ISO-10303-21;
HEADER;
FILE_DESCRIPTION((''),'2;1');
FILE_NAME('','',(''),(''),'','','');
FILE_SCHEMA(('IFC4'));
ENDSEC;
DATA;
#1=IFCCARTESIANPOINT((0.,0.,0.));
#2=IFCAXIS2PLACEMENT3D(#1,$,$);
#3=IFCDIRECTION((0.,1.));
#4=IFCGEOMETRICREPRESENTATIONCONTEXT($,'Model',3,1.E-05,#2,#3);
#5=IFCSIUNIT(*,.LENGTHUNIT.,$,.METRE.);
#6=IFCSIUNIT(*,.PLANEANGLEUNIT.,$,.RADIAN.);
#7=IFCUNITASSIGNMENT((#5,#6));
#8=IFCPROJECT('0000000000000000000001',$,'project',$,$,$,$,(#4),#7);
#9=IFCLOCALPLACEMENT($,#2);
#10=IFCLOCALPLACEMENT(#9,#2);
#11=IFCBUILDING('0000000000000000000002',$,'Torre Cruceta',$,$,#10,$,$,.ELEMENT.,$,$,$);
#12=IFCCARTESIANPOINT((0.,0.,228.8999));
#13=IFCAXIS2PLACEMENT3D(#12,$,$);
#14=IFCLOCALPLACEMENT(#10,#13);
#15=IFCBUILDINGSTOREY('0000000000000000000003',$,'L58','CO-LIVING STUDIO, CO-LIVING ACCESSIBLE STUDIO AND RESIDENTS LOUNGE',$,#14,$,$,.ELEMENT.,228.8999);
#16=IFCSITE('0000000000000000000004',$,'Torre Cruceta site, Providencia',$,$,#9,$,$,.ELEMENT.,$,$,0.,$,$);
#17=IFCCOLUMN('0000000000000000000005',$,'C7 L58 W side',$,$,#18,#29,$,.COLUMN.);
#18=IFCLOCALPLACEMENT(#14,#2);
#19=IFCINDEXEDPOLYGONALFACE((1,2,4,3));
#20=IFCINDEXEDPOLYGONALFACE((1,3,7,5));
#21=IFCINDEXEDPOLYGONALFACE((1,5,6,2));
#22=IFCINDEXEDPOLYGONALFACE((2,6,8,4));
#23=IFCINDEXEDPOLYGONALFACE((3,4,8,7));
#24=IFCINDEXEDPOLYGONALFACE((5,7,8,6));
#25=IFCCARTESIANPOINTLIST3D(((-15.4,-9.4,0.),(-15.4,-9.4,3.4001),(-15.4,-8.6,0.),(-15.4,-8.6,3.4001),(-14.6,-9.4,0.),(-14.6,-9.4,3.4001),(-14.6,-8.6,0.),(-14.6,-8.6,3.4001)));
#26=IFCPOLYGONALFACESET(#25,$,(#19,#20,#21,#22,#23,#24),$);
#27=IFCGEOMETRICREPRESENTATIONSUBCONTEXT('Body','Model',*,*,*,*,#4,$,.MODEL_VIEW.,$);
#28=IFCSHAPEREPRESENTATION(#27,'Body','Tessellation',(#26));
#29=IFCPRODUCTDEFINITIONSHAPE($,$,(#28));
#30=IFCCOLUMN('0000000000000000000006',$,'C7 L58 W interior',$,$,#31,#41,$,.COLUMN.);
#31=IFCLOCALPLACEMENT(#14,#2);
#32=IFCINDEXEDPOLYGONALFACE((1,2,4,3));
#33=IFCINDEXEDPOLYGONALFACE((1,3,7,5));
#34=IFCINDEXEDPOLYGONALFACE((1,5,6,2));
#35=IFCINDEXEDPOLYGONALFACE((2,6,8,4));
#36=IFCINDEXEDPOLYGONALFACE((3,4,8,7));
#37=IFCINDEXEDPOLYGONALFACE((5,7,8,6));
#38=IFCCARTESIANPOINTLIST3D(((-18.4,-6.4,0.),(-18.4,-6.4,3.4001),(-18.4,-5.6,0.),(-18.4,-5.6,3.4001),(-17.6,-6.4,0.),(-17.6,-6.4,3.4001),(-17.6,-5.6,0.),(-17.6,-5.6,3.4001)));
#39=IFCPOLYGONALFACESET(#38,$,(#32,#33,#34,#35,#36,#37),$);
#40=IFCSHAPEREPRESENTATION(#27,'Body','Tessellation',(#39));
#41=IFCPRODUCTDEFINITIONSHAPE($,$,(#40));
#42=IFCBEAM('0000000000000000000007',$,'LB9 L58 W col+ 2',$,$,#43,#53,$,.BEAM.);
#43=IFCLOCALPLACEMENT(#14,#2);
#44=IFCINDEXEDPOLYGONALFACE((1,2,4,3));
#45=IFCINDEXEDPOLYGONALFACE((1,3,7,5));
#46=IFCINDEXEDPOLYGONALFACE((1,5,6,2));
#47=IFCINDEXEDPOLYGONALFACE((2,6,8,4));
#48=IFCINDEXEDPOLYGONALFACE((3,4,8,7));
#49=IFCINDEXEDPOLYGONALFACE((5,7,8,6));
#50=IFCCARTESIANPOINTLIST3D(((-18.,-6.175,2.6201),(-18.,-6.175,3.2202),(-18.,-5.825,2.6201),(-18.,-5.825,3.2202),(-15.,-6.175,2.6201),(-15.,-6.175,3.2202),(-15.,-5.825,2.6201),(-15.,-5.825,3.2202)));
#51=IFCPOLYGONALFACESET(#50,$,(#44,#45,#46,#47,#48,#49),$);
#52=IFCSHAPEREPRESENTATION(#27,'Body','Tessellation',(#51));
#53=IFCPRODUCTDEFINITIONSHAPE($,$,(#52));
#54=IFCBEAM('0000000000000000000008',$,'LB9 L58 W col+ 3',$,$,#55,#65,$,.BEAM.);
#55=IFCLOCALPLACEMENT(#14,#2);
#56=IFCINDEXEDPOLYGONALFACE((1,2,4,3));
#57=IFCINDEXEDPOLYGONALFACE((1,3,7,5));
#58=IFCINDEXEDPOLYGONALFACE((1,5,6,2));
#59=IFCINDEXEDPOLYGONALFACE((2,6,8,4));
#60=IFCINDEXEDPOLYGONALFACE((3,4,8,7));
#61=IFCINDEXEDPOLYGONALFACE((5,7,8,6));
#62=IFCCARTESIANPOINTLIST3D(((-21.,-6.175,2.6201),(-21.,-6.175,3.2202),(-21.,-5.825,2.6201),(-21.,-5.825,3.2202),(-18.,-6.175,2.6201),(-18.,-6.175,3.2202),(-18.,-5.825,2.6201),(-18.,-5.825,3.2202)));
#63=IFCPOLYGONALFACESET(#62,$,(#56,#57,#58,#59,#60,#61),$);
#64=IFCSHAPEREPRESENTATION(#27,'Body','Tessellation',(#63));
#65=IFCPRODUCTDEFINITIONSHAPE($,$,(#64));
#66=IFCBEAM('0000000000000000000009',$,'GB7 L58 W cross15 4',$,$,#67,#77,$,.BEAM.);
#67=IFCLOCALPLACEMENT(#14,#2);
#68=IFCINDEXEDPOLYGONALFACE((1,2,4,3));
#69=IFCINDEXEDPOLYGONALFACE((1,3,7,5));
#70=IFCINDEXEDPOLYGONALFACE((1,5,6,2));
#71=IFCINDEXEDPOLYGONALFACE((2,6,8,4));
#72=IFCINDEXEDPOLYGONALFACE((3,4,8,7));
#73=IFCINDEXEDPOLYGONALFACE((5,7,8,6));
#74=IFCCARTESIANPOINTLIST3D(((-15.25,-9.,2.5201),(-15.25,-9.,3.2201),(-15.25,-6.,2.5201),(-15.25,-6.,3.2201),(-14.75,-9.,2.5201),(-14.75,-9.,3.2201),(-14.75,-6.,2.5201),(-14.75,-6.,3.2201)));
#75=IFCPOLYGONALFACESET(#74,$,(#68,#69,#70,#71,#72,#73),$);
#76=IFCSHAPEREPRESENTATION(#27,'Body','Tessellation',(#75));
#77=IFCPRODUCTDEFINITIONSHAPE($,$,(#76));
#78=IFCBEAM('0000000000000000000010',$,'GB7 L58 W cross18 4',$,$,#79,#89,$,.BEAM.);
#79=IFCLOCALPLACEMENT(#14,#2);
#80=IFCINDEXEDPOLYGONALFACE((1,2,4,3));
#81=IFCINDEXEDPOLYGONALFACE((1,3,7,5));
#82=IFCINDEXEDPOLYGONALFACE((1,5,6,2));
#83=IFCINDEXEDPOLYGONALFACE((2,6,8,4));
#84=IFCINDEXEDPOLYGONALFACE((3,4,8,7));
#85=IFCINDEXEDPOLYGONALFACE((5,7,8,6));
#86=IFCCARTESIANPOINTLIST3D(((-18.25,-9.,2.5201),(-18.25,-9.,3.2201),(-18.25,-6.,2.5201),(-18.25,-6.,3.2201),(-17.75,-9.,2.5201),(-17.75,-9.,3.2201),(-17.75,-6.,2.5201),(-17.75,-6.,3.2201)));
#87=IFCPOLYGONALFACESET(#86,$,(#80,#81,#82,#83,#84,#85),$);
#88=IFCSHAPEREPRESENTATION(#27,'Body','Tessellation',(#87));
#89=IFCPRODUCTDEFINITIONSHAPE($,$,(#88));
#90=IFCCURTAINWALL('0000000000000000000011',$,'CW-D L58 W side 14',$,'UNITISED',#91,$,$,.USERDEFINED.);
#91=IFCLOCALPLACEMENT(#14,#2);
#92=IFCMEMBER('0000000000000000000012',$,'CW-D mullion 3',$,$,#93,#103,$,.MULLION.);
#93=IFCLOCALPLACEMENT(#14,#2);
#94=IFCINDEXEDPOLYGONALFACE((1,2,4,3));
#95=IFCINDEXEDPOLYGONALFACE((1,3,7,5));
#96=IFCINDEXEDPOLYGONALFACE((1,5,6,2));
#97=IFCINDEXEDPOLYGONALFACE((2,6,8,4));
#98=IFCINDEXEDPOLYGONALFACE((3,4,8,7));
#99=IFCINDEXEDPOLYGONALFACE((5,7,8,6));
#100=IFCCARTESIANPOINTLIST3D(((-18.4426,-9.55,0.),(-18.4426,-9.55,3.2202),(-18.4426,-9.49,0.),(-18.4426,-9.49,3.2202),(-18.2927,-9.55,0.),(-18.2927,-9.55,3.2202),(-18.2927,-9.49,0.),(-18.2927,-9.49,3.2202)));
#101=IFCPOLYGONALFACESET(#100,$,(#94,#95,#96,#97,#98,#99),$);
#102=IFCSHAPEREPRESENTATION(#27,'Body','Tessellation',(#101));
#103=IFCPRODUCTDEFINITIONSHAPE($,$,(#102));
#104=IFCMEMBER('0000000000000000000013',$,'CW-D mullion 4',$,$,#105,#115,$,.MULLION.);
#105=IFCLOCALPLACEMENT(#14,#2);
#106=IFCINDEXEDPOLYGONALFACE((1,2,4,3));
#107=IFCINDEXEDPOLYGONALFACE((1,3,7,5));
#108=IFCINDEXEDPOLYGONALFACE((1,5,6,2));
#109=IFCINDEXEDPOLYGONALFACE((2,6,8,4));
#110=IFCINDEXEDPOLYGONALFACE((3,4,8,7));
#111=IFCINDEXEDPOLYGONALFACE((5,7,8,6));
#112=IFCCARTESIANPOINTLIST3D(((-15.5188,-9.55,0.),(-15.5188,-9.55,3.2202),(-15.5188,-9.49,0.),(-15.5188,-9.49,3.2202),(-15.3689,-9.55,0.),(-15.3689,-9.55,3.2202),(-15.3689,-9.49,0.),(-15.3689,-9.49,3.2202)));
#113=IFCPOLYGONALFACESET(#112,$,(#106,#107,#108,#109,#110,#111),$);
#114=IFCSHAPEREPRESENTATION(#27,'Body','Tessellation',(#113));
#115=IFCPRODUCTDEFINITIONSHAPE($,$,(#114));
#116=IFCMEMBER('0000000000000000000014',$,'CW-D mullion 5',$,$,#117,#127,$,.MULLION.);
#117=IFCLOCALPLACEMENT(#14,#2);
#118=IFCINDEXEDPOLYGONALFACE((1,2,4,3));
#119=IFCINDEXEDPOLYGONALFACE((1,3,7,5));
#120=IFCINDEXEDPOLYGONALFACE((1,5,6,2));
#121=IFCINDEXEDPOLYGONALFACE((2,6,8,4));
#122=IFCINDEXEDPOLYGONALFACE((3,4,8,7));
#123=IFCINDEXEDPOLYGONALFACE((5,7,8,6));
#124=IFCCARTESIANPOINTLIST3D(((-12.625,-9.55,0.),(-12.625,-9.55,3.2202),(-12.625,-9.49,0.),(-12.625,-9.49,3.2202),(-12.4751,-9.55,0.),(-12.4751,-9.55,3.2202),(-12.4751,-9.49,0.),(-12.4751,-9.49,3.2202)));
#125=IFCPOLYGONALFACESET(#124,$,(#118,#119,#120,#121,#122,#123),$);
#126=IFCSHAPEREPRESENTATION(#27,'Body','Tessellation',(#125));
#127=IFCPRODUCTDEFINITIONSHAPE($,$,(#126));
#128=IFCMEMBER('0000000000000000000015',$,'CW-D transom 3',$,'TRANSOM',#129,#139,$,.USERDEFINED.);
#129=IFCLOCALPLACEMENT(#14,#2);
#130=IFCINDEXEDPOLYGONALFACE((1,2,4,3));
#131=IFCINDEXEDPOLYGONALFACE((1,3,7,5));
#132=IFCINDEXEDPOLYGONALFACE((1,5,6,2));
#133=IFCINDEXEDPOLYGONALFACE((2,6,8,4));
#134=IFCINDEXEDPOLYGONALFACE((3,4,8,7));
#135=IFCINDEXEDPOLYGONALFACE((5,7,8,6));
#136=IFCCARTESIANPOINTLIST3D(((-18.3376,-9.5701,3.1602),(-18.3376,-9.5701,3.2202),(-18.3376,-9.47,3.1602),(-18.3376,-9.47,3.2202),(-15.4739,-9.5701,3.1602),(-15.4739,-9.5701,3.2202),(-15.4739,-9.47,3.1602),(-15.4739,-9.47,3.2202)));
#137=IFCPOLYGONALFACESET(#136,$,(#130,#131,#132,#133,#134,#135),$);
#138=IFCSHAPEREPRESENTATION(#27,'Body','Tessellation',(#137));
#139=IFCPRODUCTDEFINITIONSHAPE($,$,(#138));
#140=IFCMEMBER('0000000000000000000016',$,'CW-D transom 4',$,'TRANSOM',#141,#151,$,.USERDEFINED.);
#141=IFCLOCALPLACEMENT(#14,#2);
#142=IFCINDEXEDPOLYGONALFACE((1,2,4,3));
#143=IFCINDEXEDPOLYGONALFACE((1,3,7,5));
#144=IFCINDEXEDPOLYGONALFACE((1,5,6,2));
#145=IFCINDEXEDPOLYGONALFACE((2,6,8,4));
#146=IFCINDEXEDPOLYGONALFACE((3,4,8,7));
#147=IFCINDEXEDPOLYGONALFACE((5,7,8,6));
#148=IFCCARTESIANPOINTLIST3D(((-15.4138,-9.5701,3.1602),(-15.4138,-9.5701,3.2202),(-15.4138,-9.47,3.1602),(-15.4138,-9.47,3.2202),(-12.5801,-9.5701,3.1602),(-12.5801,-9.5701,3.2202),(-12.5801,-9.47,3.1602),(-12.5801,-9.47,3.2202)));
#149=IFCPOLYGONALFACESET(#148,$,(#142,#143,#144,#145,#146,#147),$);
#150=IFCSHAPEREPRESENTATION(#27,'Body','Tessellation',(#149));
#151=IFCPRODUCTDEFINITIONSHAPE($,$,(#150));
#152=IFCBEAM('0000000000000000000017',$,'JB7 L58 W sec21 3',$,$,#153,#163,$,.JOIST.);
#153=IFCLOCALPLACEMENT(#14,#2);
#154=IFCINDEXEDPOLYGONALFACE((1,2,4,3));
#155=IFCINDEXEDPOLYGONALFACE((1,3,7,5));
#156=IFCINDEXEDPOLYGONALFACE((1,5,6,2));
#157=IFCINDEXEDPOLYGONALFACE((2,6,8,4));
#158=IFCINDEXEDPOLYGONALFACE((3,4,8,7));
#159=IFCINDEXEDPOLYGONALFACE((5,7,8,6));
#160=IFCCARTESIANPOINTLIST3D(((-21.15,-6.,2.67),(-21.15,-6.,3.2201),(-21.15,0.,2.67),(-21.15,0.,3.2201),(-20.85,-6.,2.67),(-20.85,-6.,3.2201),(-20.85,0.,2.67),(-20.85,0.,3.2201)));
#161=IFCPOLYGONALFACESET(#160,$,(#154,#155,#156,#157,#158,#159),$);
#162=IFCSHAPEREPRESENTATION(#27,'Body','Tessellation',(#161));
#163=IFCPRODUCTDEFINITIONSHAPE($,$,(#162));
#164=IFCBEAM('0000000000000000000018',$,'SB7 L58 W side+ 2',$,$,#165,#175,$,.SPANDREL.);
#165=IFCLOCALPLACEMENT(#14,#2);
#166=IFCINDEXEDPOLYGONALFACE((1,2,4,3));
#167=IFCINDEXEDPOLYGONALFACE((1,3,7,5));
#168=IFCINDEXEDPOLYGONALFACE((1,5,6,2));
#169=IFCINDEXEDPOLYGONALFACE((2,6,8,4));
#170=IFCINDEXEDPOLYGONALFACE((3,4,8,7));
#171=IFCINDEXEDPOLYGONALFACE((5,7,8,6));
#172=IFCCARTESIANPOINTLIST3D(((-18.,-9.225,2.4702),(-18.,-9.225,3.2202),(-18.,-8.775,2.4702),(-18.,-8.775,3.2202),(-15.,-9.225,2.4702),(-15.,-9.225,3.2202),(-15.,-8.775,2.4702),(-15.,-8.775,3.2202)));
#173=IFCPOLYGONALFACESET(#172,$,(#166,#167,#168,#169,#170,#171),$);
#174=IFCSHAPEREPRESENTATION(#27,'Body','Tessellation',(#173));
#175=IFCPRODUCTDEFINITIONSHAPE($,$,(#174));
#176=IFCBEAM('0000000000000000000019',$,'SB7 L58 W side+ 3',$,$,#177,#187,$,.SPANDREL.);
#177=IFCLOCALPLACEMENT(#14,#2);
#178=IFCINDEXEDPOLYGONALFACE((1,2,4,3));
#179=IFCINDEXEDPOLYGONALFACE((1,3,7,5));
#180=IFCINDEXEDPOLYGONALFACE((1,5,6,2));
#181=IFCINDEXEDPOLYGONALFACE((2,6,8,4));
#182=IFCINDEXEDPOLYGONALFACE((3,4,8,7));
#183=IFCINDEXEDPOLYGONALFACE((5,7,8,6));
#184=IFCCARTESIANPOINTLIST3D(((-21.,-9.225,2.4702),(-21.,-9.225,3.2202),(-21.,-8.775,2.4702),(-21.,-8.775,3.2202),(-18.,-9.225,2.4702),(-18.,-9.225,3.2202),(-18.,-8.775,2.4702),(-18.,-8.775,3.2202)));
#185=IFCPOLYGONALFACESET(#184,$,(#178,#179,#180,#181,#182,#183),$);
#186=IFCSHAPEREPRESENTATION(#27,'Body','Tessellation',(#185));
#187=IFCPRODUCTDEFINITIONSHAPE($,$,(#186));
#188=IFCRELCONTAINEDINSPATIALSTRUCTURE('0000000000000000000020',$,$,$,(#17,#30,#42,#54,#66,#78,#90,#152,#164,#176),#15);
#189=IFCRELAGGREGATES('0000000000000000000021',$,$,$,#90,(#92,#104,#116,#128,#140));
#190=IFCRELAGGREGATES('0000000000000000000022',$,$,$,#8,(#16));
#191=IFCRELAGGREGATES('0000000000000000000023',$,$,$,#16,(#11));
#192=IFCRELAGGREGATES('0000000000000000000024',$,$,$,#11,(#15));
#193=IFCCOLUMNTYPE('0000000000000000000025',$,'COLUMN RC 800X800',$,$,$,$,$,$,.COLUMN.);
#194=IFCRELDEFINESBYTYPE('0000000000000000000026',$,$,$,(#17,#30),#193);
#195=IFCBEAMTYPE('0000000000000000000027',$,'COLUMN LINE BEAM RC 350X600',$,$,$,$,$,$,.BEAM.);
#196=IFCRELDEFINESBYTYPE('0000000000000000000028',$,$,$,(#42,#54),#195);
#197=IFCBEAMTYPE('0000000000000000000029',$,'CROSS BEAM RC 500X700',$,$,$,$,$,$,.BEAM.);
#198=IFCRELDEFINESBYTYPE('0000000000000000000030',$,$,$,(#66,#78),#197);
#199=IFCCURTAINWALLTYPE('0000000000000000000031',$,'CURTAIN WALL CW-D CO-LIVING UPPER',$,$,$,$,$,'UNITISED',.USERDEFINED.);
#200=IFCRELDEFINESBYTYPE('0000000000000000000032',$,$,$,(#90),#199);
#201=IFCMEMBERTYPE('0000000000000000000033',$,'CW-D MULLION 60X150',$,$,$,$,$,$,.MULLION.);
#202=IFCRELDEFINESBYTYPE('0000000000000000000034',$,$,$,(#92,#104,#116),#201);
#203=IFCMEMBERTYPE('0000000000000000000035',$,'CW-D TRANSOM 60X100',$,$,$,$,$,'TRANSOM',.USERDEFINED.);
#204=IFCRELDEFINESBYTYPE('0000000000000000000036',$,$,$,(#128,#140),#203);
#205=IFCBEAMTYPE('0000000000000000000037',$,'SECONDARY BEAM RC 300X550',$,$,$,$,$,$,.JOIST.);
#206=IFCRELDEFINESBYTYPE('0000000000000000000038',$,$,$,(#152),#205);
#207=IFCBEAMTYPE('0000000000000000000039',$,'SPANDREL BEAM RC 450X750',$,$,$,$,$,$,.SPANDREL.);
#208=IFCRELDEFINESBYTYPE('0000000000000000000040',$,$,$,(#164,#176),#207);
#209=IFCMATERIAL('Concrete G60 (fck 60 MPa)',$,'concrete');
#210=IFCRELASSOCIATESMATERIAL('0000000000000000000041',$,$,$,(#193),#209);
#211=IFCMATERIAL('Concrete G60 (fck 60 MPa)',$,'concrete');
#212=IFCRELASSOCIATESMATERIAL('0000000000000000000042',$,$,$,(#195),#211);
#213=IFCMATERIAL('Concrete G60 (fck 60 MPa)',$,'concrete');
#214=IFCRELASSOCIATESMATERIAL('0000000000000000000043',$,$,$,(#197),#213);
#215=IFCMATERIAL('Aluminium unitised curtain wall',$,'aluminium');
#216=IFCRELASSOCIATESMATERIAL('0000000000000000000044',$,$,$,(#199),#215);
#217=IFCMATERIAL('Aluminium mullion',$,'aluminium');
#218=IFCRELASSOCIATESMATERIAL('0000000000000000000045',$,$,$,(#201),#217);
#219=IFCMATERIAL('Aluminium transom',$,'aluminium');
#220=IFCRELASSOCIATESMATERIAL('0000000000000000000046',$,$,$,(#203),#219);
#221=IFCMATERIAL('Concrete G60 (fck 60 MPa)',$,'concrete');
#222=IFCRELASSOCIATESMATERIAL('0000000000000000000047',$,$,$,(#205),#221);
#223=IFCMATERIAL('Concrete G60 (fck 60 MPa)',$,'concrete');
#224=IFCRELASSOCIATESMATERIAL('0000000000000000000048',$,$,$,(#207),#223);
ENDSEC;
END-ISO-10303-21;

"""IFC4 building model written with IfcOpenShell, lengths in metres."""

from ifc_helpers import new_model, si_unit, direction, frame, origin, origin_2d, place, context, subcontext, project, spatial, rectangle, extrude, material, material_profile, profile_set, type_object, element, aggregate, save


model = new_model("IFC4")

# Units and contexts
model_context = context("Model", 3, precision=1e-05, world=origin(), true_north=direction((0.0, 1.0)))
body_context = subcontext(model_context, "Body", "Model", "MODEL_VIEW")
ifc_project = project(units=[si_unit("LENGTHUNIT", "METRE"), si_unit("PLANEANGLEUNIT", "RADIAN")], contexts=[model_context])

# Site, building, storey
site_placement = place(None, origin())
site = spatial("IfcSite", under=ifc_project, at=site_placement, Name="Torre Cruceta site, Providencia", CompositionType="ELEMENT", RefElevation=0.0)
building_placement = place(site_placement, origin())
building = spatial("IfcBuilding", under=site, at=building_placement, Name="Torre Cruceta", CompositionType="ELEMENT")
storey_placement = place(building_placement, frame((0.0, 0.0, 228.8999)))
storey = spatial("IfcBuildingStorey", under=building, at=storey_placement, Name="L58", Description="CO-LIVING STUDIO, CO-LIVING ACCESSIBLE STUDIO AND RESIDENTS LOUNGE", CompositionType="ELEMENT", Elevation=228.8999)

# Columns
ifc_material_1 = material(Name="Concrete G60 (fck 60 MPa)", Category="concrete")
ifc_material_profile_1 = material_profile(ifc_material_1, rectangle(XDim=0.8, YDim=0.8, at=origin_2d()), Name="RC 800X800")
ifc_profile_set_1 = profile_set([ifc_material_profile_1], Name="Concrete G60 (fck 60 MPa)")
column_type = type_object("IfcColumnType", Name="COLUMN RC 800X800", PredefinedType="COLUMN", material=ifc_profile_set_1)
for number, where, z_axis, x_axis, name in (
    (1, (-15.0, -9.0, 0.0), (0.0, 0.0, 1.0), (1.0, 0.0, 0.0), "C7 L58 W side"),
    (2, (-18.0, -6.0, 0.0), (0.0, 0.0, 1.0), (1.0, 0.0, 0.0), "C7 L58 W interior"),
):
    element("IfcColumn", number, at=place(storey_placement, frame(where, z_axis=z_axis, x_axis=x_axis)), inside=storey, type_object=column_type, Name=name, PredefinedType="COLUMN", context=body_context, shape_type="SweptSolid", body=[
        extrude(rectangle(XDim=0.8, YDim=0.8, at=origin_2d()), origin(), (0.0, 0.0, 1.0), 3.4001),
    ])

# Beams
ifc_material_2 = material(Name="Concrete G60 (fck 60 MPa)", Category="concrete")
ifc_material_profile_2 = material_profile(ifc_material_2, rectangle(XDim=0.3501, YDim=0.6001, at=origin_2d()), Name="RC 350X600")
ifc_profile_set_2 = profile_set([ifc_material_profile_2], Name="Concrete G60 (fck 60 MPa)")
beam_type_1 = type_object("IfcBeamType", Name="COLUMN LINE BEAM RC 350X600", PredefinedType="BEAM", material=ifc_profile_set_2)
for number, where, z_axis, x_axis, name in (
    (3, (-15.0, -6.0, 2.9202), (-1.0, 0.0, 0.0), (0.0, -1.0, 0.0), "LB9 L58 W col+ 2"),
    (4, (-18.0, -6.0, 2.9202), (-1.0, 0.0, 0.0), (0.0, -1.0, 0.0), "LB9 L58 W col+ 3"),
):
    element("IfcBeam", number, at=place(storey_placement, frame(where, z_axis=z_axis, x_axis=x_axis)), inside=storey, type_object=beam_type_1, Name=name, PredefinedType="BEAM", context=body_context, shape_type="SweptSolid", body=[
        extrude(rectangle(XDim=0.3501, YDim=0.6001, at=origin_2d()), origin(), (0.0, 0.0, 1.0), 3.0),
    ])
ifc_material_3 = material(Name="Concrete G60 (fck 60 MPa)", Category="concrete")
ifc_material_profile_3 = material_profile(ifc_material_3, rectangle(XDim=0.5, YDim=0.7, at=origin_2d()), Name="RC 500X700")
ifc_profile_set_3 = profile_set([ifc_material_profile_3], Name="Concrete G60 (fck 60 MPa)")
beam_type_2 = type_object("IfcBeamType", Name="CROSS BEAM RC 500X700", PredefinedType="BEAM", material=ifc_profile_set_3)
for number, where, z_axis, x_axis, name in (
    (5, (-15.0, -6.0, 2.8701), (0.0, -1.0, 0.0), (1.0, 0.0, 0.0), "GB7 L58 W cross15 4"),
    (6, (-18.0, -6.0, 2.8701), (0.0, -1.0, 0.0), (1.0, 0.0, 0.0), "GB7 L58 W cross18 4"),
):
    element("IfcBeam", number, at=place(storey_placement, frame(where, z_axis=z_axis, x_axis=x_axis)), inside=storey, type_object=beam_type_2, Name=name, PredefinedType="BEAM", context=body_context, shape_type="SweptSolid", body=[
        extrude(rectangle(XDim=0.5, YDim=0.7, at=origin_2d()), origin(), (0.0, 0.0, 1.0), 3.0),
    ])

# Curtain wall, members
ifc_material_4 = material(Name="Aluminium unitised curtain wall", Category="aluminium")
curtain_wall_type = type_object("IfcCurtainWallType", Name="CURTAIN WALL CW-D CO-LIVING UPPER", ElementType="UNITISED", PredefinedType="USERDEFINED", material=ifc_material_4)
curtain_wall_placement = place(storey_placement, origin())
curtain_wall = element("IfcCurtainWall", 7, at=curtain_wall_placement, inside=storey, type_object=curtain_wall_type, Name="CW-D L58 W side 14", ObjectType="UNITISED", PredefinedType="USERDEFINED")
ifc_material_5 = material(Name="Aluminium mullion", Category="aluminium")
ifc_material_profile_4 = material_profile(ifc_material_5, rectangle(XDim=0.0601, YDim=0.1499, at=origin_2d()), Name="AL 60X150")
ifc_profile_set_4 = profile_set([ifc_material_profile_4], Name="Aluminium mullion")
member_type_1 = type_object("IfcMemberType", Name="CW-D MULLION 60X150", PredefinedType="MULLION", material=ifc_profile_set_4)
member_1_placement = place(storey_placement, frame((-18.3677, -9.52, 0.0), z_axis=(0.0, 0.0, 1.0), x_axis=(0.0, 1.0, 0.0)))
member_1 = element("IfcMember", 8, at=member_1_placement, type_object=member_type_1, Name="CW-D mullion 3", PredefinedType="MULLION", context=body_context, shape_type="SweptSolid", body=[
    extrude(rectangle(XDim=0.0601, YDim=0.1499, at=origin_2d()), origin(), (0.0, 0.0, 1.0), 3.2202),
])
member_2_placement = place(storey_placement, frame((-15.4438, -9.52, 0.0), z_axis=(0.0, 0.0, 1.0), x_axis=(0.0, 1.0, 0.0)))
member_2 = element("IfcMember", 9, at=member_2_placement, type_object=member_type_1, Name="CW-D mullion 4", PredefinedType="MULLION", context=body_context, shape_type="SweptSolid", body=[
    extrude(rectangle(XDim=0.0601, YDim=0.1499, at=origin_2d()), origin(), (0.0, 0.0, 1.0), 3.2202),
])
member_3_placement = place(storey_placement, frame((-12.55, -9.52, 0.0), z_axis=(0.0, 0.0, 1.0), x_axis=(0.0, 1.0, 0.0)))
member_3 = element("IfcMember", 10, at=member_3_placement, type_object=member_type_1, Name="CW-D mullion 5", PredefinedType="MULLION", context=body_context, shape_type="SweptSolid", body=[
    extrude(rectangle(XDim=0.0601, YDim=0.1499, at=origin_2d()), origin(), (0.0, 0.0, 1.0), 3.2202),
])
ifc_material_6 = material(Name="Aluminium transom", Category="aluminium")
ifc_material_profile_5 = material_profile(ifc_material_6, rectangle(XDim=0.1001, YDim=0.0601, at=origin_2d()), Name="AL 100X60")
ifc_profile_set_5 = profile_set([ifc_material_profile_5], Name="Aluminium transom")
member_type_2 = type_object("IfcMemberType", Name="CW-D TRANSOM 60X100", ElementType="TRANSOM", PredefinedType="USERDEFINED", material=ifc_profile_set_5)
member_4_placement = place(storey_placement, frame((-18.3376, -9.52, 3.1902), z_axis=(1.0, 0.0, 0.0), x_axis=(0.0, 1.0, 0.0)))
member_4 = element("IfcMember", 11, at=member_4_placement, type_object=member_type_2, Name="CW-D transom 3", ObjectType="TRANSOM", PredefinedType="USERDEFINED", context=body_context, shape_type="SweptSolid", body=[
    extrude(rectangle(XDim=0.1001, YDim=0.0601, at=origin_2d()), origin(), (0.0, 0.0, 1.0), 2.8638),
])
member_5_placement = place(storey_placement, frame((-15.4138, -9.52, 3.1902), z_axis=(1.0, 0.0, 0.0), x_axis=(0.0, 1.0, 0.0)))
member_5 = element("IfcMember", 12, at=member_5_placement, type_object=member_type_2, Name="CW-D transom 4", ObjectType="TRANSOM", PredefinedType="USERDEFINED", context=body_context, shape_type="SweptSolid", body=[
    extrude(rectangle(XDim=0.1001, YDim=0.0601, at=origin_2d()), origin(), (0.0, 0.0, 1.0), 2.8337),
])

# Beams
ifc_material_7 = material(Name="Concrete G60 (fck 60 MPa)", Category="concrete")
ifc_material_profile_6 = material_profile(ifc_material_7, rectangle(XDim=0.3, YDim=0.55, at=origin_2d()), Name="RC 300X550")
ifc_profile_set_6 = profile_set([ifc_material_profile_6], Name="Concrete G60 (fck 60 MPa)")
beam_type_3 = type_object("IfcBeamType", Name="SECONDARY BEAM RC 300X550", PredefinedType="JOIST", material=ifc_profile_set_6)
beam_placement = place(storey_placement, frame((-21.0, 0.0, 2.9451), z_axis=(0.0, -1.0, 0.0), x_axis=(1.0, 0.0, 0.0)))
element("IfcBeam", 13, at=beam_placement, inside=storey, type_object=beam_type_3, Name="JB7 L58 W sec21 3", PredefinedType="JOIST", context=body_context, shape_type="SweptSolid", body=[
    extrude(rectangle(XDim=0.3, YDim=0.55, at=origin_2d()), origin(), (0.0, 0.0, 1.0), 6.0),
])
ifc_material_8 = material(Name="Concrete G60 (fck 60 MPa)", Category="concrete")
ifc_material_profile_7 = material_profile(ifc_material_8, rectangle(XDim=0.45, YDim=0.75, at=origin_2d()), Name="RC 450X750")
ifc_profile_set_7 = profile_set([ifc_material_profile_7], Name="Concrete G60 (fck 60 MPa)")
beam_type_4 = type_object("IfcBeamType", Name="SPANDREL BEAM RC 450X750", PredefinedType="SPANDREL", material=ifc_profile_set_7)
for number, where, z_axis, x_axis, name in (
    (14, (-15.0, -9.0, 2.8452), (-1.0, 0.0, 0.0), (0.0, -1.0, 0.0), "SB7 L58 W side+ 2"),
    (15, (-18.0, -9.0, 2.8452), (-1.0, 0.0, 0.0), (0.0, -1.0, 0.0), "SB7 L58 W side+ 3"),
):
    element("IfcBeam", number, at=place(storey_placement, frame(where, z_axis=z_axis, x_axis=x_axis)), inside=storey, type_object=beam_type_4, Name=name, PredefinedType="SPANDREL", context=body_context, shape_type="SweptSolid", body=[
        extrude(rectangle(XDim=0.45, YDim=0.75, at=origin_2d()), origin(), (0.0, 0.0, 1.0), 3.0),
    ])

aggregate(curtain_wall, [member_1, member_2, member_3, member_4, member_5])

save(model, "model.ifc")
